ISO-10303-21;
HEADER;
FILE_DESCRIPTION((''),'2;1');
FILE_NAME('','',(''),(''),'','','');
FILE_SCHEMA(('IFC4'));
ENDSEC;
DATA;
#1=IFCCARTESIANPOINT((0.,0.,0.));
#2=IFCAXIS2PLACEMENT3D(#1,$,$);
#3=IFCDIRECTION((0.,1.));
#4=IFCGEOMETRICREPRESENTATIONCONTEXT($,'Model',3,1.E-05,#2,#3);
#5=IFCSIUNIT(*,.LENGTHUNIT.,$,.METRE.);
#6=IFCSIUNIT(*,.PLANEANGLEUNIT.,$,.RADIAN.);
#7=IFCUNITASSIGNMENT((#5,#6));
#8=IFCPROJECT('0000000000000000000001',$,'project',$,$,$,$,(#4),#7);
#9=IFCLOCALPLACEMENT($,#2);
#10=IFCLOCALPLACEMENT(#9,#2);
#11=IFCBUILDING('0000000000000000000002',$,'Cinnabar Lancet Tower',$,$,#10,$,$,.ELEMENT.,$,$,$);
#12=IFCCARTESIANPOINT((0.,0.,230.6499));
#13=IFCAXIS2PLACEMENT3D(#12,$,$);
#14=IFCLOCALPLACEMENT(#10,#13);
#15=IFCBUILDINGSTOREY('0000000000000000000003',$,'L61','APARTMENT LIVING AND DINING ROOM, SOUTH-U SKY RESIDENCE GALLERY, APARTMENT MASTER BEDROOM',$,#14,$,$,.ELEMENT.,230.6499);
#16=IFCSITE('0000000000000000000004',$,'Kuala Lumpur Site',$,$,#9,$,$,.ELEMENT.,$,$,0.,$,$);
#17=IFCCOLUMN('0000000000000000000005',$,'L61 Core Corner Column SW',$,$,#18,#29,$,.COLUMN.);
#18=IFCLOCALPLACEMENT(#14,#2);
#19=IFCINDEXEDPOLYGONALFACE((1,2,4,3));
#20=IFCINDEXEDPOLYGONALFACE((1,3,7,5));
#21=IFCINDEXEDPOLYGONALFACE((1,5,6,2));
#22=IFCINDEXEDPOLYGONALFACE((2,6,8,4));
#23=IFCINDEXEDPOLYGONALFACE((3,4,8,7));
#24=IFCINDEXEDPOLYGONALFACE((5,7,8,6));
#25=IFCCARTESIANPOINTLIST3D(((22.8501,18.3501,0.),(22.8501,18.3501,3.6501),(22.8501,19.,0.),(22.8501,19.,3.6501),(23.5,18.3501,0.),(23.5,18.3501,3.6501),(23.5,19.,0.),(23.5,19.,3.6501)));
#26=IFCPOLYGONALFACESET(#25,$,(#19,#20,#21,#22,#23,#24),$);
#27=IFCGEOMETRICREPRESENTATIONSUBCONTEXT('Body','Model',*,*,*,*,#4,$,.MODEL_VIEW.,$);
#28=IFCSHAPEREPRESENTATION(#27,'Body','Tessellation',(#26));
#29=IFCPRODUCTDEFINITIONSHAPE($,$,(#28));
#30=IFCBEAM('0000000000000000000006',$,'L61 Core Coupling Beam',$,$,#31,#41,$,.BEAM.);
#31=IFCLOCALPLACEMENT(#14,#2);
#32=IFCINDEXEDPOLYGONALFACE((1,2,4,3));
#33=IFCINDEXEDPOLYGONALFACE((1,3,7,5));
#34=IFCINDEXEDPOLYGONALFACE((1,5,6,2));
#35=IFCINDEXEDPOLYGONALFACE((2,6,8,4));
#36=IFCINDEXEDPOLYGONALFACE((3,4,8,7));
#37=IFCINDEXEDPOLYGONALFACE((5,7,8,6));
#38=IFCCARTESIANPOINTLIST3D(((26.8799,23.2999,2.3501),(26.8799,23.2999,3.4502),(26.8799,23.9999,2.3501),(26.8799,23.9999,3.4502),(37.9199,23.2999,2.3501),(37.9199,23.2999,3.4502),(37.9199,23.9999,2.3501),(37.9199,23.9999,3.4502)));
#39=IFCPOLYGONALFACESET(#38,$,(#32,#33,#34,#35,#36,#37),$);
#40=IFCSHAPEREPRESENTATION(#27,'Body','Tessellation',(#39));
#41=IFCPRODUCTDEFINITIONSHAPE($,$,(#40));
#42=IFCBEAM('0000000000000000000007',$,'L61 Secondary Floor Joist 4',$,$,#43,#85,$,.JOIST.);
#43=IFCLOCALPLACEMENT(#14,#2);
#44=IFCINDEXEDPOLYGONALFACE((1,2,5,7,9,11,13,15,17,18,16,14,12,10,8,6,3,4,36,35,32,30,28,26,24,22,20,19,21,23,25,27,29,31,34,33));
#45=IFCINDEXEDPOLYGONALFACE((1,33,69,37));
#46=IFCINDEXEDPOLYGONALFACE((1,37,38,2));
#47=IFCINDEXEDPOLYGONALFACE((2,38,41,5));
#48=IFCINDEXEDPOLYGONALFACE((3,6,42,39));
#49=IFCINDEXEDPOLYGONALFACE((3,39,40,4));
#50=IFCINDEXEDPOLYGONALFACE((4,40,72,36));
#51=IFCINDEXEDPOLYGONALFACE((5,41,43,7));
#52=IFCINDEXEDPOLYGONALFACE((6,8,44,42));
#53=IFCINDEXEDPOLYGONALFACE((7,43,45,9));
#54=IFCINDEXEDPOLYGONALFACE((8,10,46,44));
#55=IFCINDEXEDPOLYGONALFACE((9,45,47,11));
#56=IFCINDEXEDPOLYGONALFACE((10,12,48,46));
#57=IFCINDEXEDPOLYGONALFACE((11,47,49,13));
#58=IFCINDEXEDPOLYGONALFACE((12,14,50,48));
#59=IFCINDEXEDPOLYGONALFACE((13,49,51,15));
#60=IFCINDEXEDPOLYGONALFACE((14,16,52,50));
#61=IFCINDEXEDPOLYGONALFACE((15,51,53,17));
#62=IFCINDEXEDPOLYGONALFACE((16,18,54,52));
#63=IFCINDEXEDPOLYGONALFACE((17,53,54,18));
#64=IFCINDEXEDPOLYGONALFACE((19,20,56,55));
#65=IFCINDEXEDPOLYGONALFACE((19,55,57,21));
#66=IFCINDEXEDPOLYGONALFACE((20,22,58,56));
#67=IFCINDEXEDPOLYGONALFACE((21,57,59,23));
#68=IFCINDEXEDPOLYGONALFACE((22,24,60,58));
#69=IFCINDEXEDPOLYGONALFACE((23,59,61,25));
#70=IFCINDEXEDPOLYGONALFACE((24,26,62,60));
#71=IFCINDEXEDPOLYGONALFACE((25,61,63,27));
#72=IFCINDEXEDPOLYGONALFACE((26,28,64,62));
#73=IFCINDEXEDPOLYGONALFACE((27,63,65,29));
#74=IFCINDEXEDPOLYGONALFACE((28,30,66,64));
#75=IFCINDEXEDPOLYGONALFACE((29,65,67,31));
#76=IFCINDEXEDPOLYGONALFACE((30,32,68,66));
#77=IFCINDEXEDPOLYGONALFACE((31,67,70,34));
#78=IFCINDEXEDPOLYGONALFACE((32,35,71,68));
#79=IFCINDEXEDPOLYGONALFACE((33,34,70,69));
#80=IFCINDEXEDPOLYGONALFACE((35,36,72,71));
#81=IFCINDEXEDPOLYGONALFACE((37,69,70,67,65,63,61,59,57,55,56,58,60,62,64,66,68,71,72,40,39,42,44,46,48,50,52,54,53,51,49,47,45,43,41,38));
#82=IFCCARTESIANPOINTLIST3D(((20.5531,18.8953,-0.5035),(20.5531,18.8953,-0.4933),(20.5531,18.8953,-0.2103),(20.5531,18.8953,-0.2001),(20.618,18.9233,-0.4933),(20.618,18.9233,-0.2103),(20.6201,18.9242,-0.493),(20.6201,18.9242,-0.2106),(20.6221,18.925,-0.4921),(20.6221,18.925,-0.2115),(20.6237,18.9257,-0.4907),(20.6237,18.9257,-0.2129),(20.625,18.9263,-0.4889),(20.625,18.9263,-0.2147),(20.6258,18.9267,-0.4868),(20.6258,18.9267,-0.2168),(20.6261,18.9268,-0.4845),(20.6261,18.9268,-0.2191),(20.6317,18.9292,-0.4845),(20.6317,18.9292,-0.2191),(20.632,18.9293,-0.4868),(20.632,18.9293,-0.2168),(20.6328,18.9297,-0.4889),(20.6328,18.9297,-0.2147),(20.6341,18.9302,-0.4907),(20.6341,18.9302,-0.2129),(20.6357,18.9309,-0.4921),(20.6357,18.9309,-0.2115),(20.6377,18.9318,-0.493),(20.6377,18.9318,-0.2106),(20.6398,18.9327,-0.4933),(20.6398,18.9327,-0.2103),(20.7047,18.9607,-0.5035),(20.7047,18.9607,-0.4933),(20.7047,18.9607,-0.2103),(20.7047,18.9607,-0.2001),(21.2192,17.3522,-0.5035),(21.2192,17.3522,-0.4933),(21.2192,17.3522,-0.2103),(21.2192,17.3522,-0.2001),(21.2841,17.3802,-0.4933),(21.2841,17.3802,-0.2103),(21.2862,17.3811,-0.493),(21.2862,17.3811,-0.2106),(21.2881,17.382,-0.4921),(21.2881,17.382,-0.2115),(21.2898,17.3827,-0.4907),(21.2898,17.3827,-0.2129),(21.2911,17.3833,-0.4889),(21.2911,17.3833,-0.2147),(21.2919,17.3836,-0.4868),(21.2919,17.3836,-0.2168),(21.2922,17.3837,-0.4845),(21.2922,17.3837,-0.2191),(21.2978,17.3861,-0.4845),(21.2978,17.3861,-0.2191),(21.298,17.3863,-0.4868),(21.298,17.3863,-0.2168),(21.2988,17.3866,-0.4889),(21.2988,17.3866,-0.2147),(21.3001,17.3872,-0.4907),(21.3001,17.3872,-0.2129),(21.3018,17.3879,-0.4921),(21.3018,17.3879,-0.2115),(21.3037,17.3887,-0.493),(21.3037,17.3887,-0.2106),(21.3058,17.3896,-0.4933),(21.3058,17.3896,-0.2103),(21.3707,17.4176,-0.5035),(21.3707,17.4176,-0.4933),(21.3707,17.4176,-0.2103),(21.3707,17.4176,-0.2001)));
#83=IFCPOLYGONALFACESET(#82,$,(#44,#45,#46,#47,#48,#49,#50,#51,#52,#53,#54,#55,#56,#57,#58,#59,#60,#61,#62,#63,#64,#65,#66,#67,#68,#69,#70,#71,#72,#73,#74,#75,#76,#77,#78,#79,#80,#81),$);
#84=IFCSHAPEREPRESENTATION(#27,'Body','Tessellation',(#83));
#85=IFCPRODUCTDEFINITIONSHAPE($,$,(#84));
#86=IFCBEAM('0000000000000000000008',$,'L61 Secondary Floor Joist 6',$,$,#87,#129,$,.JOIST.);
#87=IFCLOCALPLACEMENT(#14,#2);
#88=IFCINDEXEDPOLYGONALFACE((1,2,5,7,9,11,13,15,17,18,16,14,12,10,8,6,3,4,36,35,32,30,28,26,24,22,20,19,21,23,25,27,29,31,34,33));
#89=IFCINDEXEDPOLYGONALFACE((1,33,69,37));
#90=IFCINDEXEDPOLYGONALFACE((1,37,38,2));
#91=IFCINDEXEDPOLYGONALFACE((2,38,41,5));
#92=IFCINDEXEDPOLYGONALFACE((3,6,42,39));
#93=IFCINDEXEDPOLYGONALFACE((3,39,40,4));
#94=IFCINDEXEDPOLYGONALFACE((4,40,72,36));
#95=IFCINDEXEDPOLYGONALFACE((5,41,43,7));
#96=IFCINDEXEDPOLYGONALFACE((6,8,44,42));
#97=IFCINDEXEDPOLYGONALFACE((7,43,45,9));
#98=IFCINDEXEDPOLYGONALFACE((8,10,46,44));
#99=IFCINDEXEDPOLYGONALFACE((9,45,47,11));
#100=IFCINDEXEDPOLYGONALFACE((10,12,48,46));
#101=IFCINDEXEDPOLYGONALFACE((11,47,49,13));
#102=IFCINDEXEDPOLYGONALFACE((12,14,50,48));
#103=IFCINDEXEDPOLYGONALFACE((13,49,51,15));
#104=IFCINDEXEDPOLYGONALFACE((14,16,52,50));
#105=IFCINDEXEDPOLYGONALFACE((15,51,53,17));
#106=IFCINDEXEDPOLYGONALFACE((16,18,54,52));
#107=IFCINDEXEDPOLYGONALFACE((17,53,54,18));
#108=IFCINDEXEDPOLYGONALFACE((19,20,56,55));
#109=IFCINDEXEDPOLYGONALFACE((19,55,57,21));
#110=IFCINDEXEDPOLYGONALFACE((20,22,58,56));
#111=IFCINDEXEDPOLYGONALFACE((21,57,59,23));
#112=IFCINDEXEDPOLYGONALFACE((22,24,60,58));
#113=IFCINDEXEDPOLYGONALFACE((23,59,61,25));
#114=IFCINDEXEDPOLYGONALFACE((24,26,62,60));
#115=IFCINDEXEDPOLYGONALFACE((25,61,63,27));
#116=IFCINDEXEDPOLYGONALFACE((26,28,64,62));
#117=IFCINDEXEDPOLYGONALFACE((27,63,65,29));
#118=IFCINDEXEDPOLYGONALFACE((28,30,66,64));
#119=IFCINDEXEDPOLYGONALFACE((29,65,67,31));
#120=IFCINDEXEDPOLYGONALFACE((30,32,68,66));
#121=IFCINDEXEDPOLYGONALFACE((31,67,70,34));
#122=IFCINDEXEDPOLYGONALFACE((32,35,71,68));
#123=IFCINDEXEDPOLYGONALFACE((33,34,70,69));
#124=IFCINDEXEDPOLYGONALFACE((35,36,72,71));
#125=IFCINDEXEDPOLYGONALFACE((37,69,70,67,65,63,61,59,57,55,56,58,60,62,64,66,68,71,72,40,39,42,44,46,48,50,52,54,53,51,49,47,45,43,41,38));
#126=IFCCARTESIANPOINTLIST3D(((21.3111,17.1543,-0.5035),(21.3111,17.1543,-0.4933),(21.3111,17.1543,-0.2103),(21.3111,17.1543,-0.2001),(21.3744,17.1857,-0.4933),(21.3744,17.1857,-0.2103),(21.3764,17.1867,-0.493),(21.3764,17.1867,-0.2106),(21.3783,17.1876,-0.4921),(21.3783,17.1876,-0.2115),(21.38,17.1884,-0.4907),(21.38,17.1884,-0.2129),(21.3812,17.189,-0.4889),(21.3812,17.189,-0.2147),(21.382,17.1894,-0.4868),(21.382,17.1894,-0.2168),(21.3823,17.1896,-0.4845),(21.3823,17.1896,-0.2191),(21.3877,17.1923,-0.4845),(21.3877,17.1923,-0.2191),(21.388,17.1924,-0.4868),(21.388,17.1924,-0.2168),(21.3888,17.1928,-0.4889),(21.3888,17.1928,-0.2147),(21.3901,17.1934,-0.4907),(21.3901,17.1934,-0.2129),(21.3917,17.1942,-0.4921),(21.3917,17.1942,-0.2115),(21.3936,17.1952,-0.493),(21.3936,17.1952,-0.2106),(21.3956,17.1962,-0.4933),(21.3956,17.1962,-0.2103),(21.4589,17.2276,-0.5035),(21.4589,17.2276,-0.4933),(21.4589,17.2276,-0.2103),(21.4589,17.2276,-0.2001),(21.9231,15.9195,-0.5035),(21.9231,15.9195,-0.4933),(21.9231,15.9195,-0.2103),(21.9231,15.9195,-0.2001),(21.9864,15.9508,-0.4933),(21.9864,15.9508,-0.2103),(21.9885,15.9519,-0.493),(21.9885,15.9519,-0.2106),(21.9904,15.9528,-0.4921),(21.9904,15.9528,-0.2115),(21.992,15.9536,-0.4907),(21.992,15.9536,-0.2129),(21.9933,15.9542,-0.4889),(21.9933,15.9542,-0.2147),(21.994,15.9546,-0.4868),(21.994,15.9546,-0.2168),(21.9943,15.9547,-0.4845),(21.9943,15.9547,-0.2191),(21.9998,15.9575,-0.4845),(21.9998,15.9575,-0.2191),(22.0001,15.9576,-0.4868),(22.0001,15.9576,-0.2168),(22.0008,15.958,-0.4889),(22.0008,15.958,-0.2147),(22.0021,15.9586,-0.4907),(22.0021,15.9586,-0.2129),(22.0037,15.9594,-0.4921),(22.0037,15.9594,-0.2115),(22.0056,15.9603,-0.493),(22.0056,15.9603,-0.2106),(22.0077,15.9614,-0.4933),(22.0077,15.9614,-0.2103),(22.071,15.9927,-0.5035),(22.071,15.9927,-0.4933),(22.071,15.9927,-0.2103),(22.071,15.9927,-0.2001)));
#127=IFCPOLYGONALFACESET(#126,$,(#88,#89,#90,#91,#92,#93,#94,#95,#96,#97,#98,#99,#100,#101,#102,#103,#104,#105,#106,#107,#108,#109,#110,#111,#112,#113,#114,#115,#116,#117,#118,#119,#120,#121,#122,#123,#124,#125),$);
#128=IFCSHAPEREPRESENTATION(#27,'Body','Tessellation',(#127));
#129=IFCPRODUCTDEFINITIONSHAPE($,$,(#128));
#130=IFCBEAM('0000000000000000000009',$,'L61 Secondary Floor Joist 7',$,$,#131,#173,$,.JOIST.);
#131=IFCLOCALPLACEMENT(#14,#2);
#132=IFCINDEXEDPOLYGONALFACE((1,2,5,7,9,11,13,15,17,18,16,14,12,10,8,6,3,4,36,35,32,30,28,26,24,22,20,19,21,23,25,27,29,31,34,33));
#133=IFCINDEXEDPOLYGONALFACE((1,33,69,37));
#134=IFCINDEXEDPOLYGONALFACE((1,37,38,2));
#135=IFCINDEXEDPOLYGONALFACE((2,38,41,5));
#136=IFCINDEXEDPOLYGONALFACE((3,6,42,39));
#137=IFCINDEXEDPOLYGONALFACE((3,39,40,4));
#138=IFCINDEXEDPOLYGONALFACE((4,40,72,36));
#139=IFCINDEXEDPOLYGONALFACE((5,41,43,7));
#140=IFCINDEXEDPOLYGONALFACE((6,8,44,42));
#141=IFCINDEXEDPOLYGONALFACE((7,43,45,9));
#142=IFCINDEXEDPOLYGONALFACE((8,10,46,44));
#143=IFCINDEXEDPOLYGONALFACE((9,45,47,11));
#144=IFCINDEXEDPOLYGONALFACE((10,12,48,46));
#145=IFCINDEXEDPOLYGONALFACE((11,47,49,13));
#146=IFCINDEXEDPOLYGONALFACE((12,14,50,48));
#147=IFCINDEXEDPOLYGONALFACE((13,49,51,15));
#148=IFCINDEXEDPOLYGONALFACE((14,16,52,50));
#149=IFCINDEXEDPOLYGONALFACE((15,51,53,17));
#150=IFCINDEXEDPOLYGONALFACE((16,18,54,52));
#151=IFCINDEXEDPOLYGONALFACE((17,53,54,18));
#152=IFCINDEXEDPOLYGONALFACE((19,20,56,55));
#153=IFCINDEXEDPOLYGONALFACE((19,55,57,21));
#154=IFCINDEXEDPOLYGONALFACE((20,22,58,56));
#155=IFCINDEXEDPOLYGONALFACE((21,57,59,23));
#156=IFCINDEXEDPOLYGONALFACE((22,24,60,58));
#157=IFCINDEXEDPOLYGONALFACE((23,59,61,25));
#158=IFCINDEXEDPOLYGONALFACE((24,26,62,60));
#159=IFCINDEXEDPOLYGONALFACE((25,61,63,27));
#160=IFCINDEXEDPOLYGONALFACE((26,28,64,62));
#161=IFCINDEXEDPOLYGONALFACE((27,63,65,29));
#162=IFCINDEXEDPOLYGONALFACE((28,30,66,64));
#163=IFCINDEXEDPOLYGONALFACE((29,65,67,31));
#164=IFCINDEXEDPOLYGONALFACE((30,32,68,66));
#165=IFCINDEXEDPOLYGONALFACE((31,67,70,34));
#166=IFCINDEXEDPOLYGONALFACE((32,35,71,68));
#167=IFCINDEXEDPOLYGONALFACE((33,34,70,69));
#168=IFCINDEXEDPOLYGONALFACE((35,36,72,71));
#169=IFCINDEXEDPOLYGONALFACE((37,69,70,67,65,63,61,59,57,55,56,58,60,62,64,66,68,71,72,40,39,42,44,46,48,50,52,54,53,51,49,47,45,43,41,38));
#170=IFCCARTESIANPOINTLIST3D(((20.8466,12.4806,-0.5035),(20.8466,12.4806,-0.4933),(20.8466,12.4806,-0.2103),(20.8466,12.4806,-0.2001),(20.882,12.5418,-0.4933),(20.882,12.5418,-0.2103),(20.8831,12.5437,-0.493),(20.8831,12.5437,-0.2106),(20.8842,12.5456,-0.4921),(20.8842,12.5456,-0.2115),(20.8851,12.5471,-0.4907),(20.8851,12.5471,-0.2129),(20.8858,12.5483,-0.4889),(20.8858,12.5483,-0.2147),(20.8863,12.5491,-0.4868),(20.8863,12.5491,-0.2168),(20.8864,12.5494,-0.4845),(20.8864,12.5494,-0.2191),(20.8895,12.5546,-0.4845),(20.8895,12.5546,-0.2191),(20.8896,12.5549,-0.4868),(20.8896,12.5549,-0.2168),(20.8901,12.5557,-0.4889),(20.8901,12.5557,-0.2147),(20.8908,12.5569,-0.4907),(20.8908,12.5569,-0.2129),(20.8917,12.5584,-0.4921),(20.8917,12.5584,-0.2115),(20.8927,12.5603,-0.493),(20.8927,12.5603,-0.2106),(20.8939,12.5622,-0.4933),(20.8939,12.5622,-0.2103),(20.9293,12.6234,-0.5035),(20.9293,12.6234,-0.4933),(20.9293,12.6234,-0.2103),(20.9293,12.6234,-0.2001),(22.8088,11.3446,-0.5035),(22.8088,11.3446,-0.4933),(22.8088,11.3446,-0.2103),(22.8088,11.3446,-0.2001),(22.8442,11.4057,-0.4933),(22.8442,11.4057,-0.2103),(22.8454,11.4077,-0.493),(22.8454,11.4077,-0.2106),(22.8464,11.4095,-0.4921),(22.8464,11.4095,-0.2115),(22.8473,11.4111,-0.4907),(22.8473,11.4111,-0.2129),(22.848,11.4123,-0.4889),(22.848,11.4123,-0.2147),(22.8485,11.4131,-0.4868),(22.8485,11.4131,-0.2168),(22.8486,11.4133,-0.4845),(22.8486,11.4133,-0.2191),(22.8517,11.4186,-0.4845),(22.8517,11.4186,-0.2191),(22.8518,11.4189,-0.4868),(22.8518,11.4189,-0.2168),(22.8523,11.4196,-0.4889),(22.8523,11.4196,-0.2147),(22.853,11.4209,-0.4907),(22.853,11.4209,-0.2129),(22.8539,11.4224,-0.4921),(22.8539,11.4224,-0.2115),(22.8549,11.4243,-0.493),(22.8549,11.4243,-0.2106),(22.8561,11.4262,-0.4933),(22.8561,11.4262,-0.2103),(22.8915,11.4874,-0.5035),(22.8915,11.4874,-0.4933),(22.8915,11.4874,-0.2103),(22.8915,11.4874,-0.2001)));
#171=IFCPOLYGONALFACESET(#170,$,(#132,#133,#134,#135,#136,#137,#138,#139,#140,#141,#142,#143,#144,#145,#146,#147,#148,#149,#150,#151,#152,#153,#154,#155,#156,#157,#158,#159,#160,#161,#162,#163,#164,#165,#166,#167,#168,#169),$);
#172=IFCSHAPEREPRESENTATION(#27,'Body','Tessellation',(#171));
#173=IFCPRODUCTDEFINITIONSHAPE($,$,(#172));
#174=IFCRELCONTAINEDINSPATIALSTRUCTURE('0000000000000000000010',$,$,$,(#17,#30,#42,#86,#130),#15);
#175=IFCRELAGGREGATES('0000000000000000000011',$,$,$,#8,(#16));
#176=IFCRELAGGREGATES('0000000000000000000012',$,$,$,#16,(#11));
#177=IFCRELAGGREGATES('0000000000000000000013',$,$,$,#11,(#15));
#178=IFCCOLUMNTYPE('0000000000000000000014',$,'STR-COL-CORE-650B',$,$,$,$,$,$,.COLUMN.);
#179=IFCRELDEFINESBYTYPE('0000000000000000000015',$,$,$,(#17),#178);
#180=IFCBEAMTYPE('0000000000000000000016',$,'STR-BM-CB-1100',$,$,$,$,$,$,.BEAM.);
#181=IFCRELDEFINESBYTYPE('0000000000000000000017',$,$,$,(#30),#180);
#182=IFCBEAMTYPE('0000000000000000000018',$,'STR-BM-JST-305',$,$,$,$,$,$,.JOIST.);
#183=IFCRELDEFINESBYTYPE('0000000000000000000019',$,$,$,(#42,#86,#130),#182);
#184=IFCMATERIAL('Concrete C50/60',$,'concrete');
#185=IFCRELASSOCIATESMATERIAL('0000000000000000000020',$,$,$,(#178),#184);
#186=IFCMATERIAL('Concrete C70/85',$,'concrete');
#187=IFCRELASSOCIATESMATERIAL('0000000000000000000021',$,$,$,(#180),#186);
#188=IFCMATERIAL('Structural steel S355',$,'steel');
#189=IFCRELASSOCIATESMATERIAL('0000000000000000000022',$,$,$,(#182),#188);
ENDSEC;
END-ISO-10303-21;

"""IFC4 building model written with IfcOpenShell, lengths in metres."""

from ifc_helpers import new_model, si_unit, direction, frame, origin, origin_2d, place, context, subcontext, project, spatial, rectangle, i_section, extrude, material, material_profile, profile_set, type_object, element, save


model = new_model("IFC4")

# Units and contexts
model_context = context("Model", 3, precision=1e-05, world=origin(), true_north=direction((0.0, 1.0)))
body_context = subcontext(model_context, "Body", "Model", "MODEL_VIEW")
ifc_project = project(units=[si_unit("LENGTHUNIT", "METRE"), si_unit("PLANEANGLEUNIT", "RADIAN")], contexts=[model_context])

# Site, building, storey
site_placement = place(None, origin())
site = spatial("IfcSite", under=ifc_project, at=site_placement, Name="Kuala Lumpur Site", CompositionType="ELEMENT", RefElevation=0.0)
building_placement = place(site_placement, origin())
building = spatial("IfcBuilding", under=site, at=building_placement, Name="Cinnabar Lancet Tower", CompositionType="ELEMENT")
storey_placement = place(building_placement, frame((0.0, 0.0, 230.6499)))
storey = spatial("IfcBuildingStorey", under=building, at=storey_placement, Name="L61", Description="APARTMENT LIVING AND DINING ROOM, SOUTH-U SKY RESIDENCE GALLERY, APARTMENT MASTER BEDROOM", CompositionType="ELEMENT", Elevation=230.6499)

# Column
ifc_material_1 = material(Name="Concrete C50/60", Category="concrete")
ifc_material_profile_1 = material_profile(ifc_material_1, rectangle(XDim=0.6499, YDim=0.6499, at=origin_2d()), Name="RC-COL 650x650")
ifc_profile_set_1 = profile_set([ifc_material_profile_1], Name="Concrete C50/60")
column_type = type_object("IfcColumnType", Name="STR-COL-CORE-650B", PredefinedType="COLUMN", material=ifc_profile_set_1)
column_placement = place(storey_placement, frame((23.175, 18.675, 0.0), z_axis=(0.0, 0.0, 1.0), x_axis=(1.0, 0.0, 0.0)))
element("IfcColumn", 1, at=column_placement, inside=storey, type_object=column_type, Name="L61 Core Corner Column SW", PredefinedType="COLUMN", context=body_context, shape_type="SweptSolid", body=[
    extrude(rectangle(XDim=0.6499, YDim=0.6499, at=origin_2d()), origin(), (0.0, 0.0, 1.0), 3.6501),
])

# Beams
ifc_material_2 = material(Name="Concrete C70/85", Category="concrete")
ifc_material_profile_2 = material_profile(ifc_material_2, rectangle(XDim=0.7, YDim=1.1001, at=origin_2d()), Name="RC-CB 700x1100")
ifc_profile_set_2 = profile_set([ifc_material_profile_2], Name="Concrete C70/85")
beam_type_1 = type_object("IfcBeamType", Name="STR-BM-CB-1100", PredefinedType="BEAM", material=ifc_profile_set_2)
beam_1_placement = place(storey_placement, frame((26.8799, 23.6499, 2.9001), z_axis=(1.0, 0.0, 0.0), x_axis=(0.0, 1.0, 0.0)))
element("IfcBeam", 2, at=beam_1_placement, inside=storey, type_object=beam_type_1, Name="L61 Core Coupling Beam", PredefinedType="BEAM", context=body_context, shape_type="SweptSolid", body=[
    extrude(rectangle(XDim=0.7, YDim=1.1001, at=origin_2d()), origin(), (0.0, 0.0, 1.0), 11.04),
])
ifc_material_3 = material(Name="Structural steel S355", Category="steel")
ifc_material_profile_3 = material_profile(ifc_material_3, i_section(OverallWidth=0.165, OverallDepth=0.3035, WebThickness=0.0061, FlangeThickness=0.0103, FilletRadius=0.0088, at=origin_2d()), Name="UKB 305x165x40")
ifc_profile_set_3 = profile_set([ifc_material_profile_3], Name="Structural steel S355")
beam_type_2 = type_object("IfcBeamType", Name="STR-BM-JST-305", PredefinedType="JOIST", material=ifc_profile_set_3)
beam_2_placement = place(storey_placement, frame((20.6289, 18.928, -0.3518), z_axis=(0.396302, -0.91812, 0.0), x_axis=(0.91812, 0.396302, 0.0)))
element("IfcBeam", 3, at=beam_2_placement, inside=storey, type_object=beam_type_2, Name="L61 Secondary Floor Joist 4", PredefinedType="JOIST", context=body_context, shape_type="SweptSolid", body=[
    extrude(i_section(OverallWidth=0.165, OverallDepth=0.3035, WebThickness=0.0061, FlangeThickness=0.0103, FilletRadius=0.0088, at=origin_2d()), origin(), (0.0, 0.0, 1.0), 1.6807),
])
beam_3_placement = place(storey_placement, frame((21.385, 17.1909, -0.3518), z_axis=(0.444093, -0.895981, 0.0), x_axis=(0.895981, 0.444093, 0.0)))
element("IfcBeam", 4, at=beam_3_placement, inside=storey, type_object=beam_type_2, Name="L61 Secondary Floor Joist 6", PredefinedType="JOIST", context=body_context, shape_type="SweptSolid", body=[
    extrude(i_section(OverallWidth=0.165, OverallDepth=0.3035, WebThickness=0.0061, FlangeThickness=0.0103, FilletRadius=0.0088, at=origin_2d()), origin(), (0.0, 0.0, 1.0), 1.3782),
])
beam_4_placement = place(storey_placement, frame((20.8879, 12.552, -0.3518), z_axis=(0.865426, -0.501036, 0.0), x_axis=(0.501036, 0.865426, 0.0)))
element("IfcBeam", 5, at=beam_4_placement, inside=storey, type_object=beam_type_2, Name="L61 Secondary Floor Joist 7", PredefinedType="JOIST", context=body_context, shape_type="SweptSolid", body=[
    extrude(i_section(OverallWidth=0.165, OverallDepth=0.3035, WebThickness=0.0061, FlangeThickness=0.0103, FilletRadius=0.0088, at=origin_2d()), origin(), (0.0, 0.0, 1.0), 2.2673),
])

save(model, "model.ifc")
